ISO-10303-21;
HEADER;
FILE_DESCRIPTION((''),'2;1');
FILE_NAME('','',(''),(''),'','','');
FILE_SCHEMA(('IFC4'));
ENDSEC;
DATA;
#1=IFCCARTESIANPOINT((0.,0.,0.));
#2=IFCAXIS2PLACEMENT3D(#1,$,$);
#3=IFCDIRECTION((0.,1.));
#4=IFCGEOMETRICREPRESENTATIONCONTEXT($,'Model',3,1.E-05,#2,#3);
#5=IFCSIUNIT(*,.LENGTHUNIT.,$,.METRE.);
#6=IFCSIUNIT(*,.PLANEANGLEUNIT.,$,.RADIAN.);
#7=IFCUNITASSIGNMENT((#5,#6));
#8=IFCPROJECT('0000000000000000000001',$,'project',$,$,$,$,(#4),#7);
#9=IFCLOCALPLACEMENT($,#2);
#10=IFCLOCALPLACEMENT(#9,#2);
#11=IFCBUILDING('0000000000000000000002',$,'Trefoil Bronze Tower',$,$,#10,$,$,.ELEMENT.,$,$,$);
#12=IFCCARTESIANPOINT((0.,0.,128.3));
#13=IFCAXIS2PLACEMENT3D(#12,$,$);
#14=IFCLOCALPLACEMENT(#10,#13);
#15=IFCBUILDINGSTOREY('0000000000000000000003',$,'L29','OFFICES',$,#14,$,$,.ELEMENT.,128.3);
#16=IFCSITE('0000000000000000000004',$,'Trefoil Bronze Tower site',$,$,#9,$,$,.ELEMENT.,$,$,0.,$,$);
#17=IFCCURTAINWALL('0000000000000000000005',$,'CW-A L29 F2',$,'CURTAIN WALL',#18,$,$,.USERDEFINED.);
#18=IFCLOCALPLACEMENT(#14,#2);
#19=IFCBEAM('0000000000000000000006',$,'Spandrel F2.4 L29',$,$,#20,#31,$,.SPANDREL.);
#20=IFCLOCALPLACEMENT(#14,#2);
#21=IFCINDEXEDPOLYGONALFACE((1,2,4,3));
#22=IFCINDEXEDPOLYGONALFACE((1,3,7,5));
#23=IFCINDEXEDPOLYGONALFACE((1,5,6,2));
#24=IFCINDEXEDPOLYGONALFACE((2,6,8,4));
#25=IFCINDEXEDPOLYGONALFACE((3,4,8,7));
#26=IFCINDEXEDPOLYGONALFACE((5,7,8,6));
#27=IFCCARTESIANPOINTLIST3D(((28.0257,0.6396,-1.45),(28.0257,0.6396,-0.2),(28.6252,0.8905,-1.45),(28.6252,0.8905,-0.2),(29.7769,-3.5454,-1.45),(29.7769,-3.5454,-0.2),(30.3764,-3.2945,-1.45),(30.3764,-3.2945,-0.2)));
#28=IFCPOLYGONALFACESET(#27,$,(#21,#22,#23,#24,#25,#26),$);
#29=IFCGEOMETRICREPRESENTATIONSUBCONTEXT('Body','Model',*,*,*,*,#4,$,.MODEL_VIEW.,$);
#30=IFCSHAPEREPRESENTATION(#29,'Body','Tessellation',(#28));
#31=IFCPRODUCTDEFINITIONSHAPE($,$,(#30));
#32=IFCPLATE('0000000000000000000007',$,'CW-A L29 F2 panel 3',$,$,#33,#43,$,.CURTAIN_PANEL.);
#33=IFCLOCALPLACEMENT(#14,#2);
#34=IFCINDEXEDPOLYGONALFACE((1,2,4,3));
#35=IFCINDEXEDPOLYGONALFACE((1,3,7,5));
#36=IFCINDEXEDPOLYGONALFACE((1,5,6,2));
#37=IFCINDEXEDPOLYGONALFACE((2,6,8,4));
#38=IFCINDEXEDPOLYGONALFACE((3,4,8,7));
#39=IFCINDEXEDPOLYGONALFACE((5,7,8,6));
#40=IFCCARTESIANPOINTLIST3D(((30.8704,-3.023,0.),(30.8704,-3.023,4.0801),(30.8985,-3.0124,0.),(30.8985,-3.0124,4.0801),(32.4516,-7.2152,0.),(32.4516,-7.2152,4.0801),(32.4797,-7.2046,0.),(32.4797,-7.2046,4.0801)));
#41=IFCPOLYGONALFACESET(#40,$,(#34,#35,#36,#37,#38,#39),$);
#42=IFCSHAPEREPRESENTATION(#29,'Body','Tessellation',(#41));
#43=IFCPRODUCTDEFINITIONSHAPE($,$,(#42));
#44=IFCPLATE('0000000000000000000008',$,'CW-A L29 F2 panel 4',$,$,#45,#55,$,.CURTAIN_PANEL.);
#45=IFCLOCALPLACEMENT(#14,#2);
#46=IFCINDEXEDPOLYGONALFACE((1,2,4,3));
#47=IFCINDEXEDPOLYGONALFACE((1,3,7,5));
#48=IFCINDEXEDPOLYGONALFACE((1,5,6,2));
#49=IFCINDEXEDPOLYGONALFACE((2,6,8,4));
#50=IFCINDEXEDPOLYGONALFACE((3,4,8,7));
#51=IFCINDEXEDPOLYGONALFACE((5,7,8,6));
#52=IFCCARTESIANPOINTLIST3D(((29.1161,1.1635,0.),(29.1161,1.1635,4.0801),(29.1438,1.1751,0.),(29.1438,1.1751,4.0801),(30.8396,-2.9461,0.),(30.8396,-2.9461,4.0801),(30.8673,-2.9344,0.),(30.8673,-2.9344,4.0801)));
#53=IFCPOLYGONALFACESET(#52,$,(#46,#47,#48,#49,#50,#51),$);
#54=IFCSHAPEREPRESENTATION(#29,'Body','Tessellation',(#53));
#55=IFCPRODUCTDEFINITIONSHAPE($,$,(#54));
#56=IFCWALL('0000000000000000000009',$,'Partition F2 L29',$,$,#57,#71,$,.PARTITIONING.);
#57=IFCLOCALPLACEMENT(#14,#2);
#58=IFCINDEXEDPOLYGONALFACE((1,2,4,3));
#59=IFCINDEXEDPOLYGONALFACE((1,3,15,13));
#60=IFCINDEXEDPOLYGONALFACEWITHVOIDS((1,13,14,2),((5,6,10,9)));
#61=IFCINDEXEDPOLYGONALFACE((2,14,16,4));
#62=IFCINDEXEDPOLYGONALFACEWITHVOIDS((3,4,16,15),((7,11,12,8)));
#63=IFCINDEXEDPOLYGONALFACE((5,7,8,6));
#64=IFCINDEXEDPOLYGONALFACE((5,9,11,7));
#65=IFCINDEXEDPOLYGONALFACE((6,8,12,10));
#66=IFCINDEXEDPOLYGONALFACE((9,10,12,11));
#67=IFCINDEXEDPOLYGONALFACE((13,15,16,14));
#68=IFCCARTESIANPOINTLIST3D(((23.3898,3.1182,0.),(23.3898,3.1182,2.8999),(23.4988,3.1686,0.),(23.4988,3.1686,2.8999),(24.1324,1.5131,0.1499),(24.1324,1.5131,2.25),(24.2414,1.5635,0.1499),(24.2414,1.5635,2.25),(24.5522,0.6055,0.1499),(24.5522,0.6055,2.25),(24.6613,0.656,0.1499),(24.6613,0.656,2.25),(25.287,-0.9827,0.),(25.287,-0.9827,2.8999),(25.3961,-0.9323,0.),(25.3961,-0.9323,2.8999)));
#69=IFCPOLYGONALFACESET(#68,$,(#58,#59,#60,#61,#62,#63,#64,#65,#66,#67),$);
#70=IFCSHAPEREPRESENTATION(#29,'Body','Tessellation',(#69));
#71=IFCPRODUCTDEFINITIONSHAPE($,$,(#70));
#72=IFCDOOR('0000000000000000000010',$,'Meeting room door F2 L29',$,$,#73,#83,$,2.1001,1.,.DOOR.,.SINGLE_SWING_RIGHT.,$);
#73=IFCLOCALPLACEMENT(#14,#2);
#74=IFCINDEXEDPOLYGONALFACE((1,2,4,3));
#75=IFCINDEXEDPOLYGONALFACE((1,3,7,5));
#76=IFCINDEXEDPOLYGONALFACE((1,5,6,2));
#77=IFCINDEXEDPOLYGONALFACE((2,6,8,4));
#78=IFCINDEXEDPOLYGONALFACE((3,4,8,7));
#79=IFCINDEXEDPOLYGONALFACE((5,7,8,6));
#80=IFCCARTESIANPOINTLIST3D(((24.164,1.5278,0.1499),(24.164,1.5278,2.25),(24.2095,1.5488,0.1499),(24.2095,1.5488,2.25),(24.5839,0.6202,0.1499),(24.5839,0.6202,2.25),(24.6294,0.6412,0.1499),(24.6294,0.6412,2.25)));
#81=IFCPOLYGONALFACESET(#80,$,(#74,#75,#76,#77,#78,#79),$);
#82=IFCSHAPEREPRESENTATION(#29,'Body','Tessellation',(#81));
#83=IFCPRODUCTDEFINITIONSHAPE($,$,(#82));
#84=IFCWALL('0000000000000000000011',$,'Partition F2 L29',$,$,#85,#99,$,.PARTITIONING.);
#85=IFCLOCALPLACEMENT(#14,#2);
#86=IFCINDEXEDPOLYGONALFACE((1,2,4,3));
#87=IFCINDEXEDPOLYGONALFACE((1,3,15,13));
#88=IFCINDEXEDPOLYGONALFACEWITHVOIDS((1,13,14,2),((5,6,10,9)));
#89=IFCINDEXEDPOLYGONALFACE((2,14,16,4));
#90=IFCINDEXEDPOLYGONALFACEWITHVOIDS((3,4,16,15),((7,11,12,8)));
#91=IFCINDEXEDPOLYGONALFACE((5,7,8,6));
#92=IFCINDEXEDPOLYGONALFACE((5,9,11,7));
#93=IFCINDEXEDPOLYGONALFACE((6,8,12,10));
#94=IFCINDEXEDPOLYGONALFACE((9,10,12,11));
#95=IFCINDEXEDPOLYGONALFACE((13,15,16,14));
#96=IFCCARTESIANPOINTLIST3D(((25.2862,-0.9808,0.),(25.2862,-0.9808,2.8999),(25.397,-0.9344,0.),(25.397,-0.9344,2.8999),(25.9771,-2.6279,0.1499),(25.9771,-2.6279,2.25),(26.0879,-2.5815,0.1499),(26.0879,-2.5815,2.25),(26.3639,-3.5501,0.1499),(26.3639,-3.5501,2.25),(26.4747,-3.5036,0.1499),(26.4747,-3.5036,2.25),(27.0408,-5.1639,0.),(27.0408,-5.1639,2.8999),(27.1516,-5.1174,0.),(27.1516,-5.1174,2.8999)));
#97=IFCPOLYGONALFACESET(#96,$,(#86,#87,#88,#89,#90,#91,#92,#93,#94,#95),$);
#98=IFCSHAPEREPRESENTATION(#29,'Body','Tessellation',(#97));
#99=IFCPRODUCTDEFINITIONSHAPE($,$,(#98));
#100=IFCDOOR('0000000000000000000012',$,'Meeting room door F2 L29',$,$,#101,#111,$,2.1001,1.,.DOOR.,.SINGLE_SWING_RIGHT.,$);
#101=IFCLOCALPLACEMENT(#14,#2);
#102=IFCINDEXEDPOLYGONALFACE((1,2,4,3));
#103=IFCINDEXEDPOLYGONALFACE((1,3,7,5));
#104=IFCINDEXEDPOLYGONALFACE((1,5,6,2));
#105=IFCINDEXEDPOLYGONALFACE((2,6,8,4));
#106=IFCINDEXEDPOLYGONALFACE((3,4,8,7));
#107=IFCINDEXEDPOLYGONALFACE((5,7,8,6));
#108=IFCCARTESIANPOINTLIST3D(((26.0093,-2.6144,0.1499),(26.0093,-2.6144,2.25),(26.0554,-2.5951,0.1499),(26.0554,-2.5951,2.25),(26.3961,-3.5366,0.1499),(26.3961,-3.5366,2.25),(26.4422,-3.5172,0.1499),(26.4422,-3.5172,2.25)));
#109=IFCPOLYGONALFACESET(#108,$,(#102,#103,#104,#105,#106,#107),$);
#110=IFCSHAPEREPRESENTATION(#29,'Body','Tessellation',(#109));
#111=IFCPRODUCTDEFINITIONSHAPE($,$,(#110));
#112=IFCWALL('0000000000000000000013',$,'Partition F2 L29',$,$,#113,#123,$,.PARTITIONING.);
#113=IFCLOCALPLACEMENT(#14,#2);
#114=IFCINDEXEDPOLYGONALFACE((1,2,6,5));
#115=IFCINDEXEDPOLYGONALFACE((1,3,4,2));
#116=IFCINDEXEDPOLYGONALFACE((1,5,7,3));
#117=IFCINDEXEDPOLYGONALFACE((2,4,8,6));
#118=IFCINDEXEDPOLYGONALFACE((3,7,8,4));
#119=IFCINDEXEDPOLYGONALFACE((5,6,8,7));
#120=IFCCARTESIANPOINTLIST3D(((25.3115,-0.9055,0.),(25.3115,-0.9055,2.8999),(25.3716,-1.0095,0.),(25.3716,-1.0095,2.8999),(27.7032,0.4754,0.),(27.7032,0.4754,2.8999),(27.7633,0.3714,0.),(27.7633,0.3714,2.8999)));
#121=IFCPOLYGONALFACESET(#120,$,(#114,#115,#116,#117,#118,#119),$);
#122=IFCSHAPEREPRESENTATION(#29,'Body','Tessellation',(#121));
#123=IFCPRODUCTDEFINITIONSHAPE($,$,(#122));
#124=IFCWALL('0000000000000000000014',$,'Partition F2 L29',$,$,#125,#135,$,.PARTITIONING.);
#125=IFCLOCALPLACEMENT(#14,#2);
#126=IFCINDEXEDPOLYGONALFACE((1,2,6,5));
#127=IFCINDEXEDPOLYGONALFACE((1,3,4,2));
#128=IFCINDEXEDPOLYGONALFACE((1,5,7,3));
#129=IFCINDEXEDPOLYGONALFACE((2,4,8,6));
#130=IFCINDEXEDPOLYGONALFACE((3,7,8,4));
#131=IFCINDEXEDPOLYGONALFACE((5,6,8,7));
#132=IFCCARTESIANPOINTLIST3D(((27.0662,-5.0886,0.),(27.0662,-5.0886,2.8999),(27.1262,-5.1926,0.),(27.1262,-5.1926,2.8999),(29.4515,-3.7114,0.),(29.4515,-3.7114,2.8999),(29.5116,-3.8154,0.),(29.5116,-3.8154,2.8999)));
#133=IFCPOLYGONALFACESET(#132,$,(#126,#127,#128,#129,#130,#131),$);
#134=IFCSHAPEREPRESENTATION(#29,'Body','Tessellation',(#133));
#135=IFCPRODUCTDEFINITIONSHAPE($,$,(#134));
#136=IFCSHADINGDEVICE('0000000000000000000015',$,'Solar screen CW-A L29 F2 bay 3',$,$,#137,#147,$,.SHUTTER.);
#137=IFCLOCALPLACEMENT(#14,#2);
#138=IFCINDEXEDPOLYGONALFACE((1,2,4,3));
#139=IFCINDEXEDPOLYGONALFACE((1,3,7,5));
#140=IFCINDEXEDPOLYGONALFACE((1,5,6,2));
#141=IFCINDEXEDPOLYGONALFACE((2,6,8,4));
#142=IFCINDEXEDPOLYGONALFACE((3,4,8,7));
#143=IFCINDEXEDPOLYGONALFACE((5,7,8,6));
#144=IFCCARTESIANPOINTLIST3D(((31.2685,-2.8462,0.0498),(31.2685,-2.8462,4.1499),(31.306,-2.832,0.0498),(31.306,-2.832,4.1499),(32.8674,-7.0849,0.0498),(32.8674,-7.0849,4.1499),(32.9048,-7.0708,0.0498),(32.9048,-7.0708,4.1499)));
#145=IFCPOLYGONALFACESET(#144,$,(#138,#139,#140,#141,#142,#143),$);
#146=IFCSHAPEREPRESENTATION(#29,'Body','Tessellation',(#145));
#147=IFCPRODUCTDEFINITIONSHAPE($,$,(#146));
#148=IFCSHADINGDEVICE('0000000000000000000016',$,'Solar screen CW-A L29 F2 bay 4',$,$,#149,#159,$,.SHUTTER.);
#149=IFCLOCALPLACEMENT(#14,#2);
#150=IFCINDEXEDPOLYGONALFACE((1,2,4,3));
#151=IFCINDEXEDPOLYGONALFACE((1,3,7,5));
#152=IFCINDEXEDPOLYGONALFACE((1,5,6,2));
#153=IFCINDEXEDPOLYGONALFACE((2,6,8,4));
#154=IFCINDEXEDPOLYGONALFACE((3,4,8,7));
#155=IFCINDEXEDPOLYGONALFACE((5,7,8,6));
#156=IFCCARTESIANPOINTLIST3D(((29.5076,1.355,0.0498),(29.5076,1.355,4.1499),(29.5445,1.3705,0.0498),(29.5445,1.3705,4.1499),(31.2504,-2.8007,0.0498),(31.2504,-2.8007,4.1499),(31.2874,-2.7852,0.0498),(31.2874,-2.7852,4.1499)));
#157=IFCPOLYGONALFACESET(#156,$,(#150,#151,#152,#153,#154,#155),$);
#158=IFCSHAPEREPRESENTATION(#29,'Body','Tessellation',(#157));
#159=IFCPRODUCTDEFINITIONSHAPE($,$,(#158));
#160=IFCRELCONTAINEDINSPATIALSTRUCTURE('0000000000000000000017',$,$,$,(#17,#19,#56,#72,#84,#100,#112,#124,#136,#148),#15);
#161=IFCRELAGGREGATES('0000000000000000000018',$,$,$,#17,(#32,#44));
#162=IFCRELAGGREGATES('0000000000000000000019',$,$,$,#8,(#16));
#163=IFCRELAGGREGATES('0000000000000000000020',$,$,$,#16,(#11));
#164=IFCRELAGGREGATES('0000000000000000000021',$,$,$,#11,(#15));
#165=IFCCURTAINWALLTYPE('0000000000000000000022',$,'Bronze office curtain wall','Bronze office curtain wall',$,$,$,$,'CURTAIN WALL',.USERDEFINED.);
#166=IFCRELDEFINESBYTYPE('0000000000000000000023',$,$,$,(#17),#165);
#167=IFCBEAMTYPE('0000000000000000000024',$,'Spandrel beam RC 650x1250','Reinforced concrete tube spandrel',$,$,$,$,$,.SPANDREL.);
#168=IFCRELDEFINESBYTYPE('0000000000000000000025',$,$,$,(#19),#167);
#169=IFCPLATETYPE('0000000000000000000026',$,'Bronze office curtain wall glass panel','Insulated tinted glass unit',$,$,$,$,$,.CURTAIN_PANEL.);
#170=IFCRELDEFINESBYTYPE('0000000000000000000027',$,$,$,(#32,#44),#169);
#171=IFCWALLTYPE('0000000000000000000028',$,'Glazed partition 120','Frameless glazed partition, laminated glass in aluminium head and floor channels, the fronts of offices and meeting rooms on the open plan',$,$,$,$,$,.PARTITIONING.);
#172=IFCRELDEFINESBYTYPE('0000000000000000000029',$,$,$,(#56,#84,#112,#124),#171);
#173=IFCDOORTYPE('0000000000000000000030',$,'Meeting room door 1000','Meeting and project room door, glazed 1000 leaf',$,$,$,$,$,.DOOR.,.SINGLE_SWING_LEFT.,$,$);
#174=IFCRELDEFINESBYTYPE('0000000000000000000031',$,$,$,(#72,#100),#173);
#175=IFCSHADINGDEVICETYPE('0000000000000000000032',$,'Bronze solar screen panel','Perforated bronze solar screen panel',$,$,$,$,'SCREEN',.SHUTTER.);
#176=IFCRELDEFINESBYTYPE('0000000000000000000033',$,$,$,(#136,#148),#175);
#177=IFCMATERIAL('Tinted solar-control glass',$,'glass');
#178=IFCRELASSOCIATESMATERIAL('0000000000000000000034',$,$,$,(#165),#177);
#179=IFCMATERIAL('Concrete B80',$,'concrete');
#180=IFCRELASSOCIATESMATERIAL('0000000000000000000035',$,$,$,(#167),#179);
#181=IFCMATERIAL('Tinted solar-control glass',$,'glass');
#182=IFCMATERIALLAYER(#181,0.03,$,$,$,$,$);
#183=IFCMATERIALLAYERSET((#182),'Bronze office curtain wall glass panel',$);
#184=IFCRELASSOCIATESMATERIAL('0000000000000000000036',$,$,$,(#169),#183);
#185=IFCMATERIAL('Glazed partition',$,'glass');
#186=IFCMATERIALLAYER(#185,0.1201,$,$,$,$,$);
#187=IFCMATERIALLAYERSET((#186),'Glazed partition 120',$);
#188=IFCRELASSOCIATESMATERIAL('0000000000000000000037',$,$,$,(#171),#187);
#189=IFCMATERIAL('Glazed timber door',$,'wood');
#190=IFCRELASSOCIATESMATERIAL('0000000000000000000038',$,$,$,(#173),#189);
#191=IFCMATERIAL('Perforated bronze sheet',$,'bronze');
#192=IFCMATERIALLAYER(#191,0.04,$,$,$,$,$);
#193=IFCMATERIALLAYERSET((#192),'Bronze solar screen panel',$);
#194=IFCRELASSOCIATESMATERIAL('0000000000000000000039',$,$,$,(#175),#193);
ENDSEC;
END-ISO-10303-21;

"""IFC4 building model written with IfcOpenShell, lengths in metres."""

from ifc_helpers import new_model, si_unit, direction, frame, frame_2d, origin, origin_2d, place, context, subcontext, project, spatial, rectangle, extrude, material, layer, layer_set, material_profile, profile_set, type_object, element, fill, aggregate, save


model = new_model("IFC4")

# Units and contexts
model_context = context("Model", 3, precision=1e-05, world=origin(), true_north=direction((0.0, 1.0)))
body_context = subcontext(model_context, "Body", "Model", "MODEL_VIEW")
ifc_project = project(units=[si_unit("LENGTHUNIT", "METRE"), si_unit("PLANEANGLEUNIT", "RADIAN")], contexts=[model_context])

# Site, building, storey
site_placement = place(None, origin())
site = spatial("IfcSite", under=ifc_project, at=site_placement, Name="Trefoil Bronze Tower site", CompositionType="ELEMENT", RefElevation=0.0)
building_placement = place(site_placement, origin())
building = spatial("IfcBuilding", under=site, at=building_placement, Name="Trefoil Bronze Tower", CompositionType="ELEMENT")
storey_placement = place(building_placement, frame((0.0, 0.0, 128.3)))
storey = spatial("IfcBuildingStorey", under=building, at=storey_placement, Name="L29", Description="OFFICES", CompositionType="ELEMENT", Elevation=128.3)

# Curtain wall
ifc_material_1 = material(Name="Tinted solar-control glass", Category="glass")
curtain_wall_type = type_object("IfcCurtainWallType", Name="Bronze office curtain wall", Description="Bronze office curtain wall", ElementType="CURTAIN WALL", PredefinedType="USERDEFINED", material=ifc_material_1)
curtain_wall_placement = place(storey_placement, origin())
curtain_wall = element("IfcCurtainWall", 1, at=curtain_wall_placement, inside=storey, type_object=curtain_wall_type, Name="CW-A L29 F2", ObjectType="CURTAIN WALL", PredefinedType="USERDEFINED")

# Beam
ifc_material_2 = material(Name="Concrete B80", Category="concrete")
ifc_material_profile_1 = material_profile(ifc_material_2, rectangle(XDim=0.6499, YDim=1.25, at=origin_2d()), Name="RC 650x1250")
ifc_profile_set_1 = profile_set([ifc_material_profile_1], Name="Concrete B80")
beam_type_1 = type_object("IfcBeamType", Name="Spandrel beam RC 650x1250", Description="Reinforced concrete tube spandrel", PredefinedType="SPANDREL", material=ifc_profile_set_1)
beam_1_placement = place(storey_placement, frame((30.0767, -3.4199, -0.825), z_axis=(-0.386013, 0.922493, 0.0), x_axis=(-0.922493, -0.386013, 0.0)))
element("IfcBeam", 2, at=beam_1_placement, inside=storey, type_object=beam_type_1, Name="Spandrel F2.4 L29", PredefinedType="SPANDREL", context=body_context, shape_type="SweptSolid", body=[
    extrude(rectangle(XDim=0.6499, YDim=1.25, at=origin_2d()), origin(), (0.0, 0.0, 1.0), 4.5366),
])

# Plates
ifc_material_3 = material(Name="Tinted solar-control glass", Category="glass")
ifc_layer_1 = layer(ifc_material_3, 0.03)
ifc_layer_set_1 = layer_set([ifc_layer_1], Name="Bronze office curtain wall glass panel")
plate_type = type_object("IfcPlateType", Name="Bronze office curtain wall glass panel", Description="Insulated tinted glass unit", PredefinedType="CURTAIN_PANEL", material=ifc_layer_set_1)
plate_1_placement = place(storey_placement, frame((31.675, -5.1138, 0.0), z_axis=(0.0, 0.0, 1.0), x_axis=(-0.35292, 0.935654, 0.0)))
plate_1 = element("IfcPlate", 3, at=plate_1_placement, type_object=plate_type, Name="CW-A L29 F2 panel 3", PredefinedType="CURTAIN_PANEL", context=body_context, shape_type="SweptSolid", body=[
    extrude(rectangle(XDim=4.4805, YDim=0.03, at=origin_2d()), origin(), (0.0, 0.0, 1.0), 4.0801),
])
plate_2_placement = place(storey_placement, frame((29.9917, -0.8855, 0.0), z_axis=(0.0, 0.0, 1.0), x_axis=(-0.386759, 0.922181, 0.0)))
plate_2 = element("IfcPlate", 4, at=plate_2_placement, type_object=plate_type, Name="CW-A L29 F2 panel 4", PredefinedType="CURTAIN_PANEL", context=body_context, shape_type="SweptSolid", body=[
    extrude(rectangle(XDim=4.4563, YDim=0.03, at=origin_2d()), origin(), (0.0, 0.0, 1.0), 4.0801),
])
aggregate(curtain_wall, [plate_1, plate_2])

# Walls, openings, doors
ifc_material_4 = material(Name="Glazed partition", Category="glass")
ifc_layer_2 = layer(ifc_material_4, 0.1201)
ifc_layer_set_2 = layer_set([ifc_layer_2], Name="Glazed partition 120")
wall_type = type_object("IfcWallType", Name="Glazed partition 120", Description="Frameless glazed partition, laminated glass in aluminium head and floor channels, the fronts of offices and meeting rooms on the open plan", PredefinedType="PARTITIONING", material=ifc_layer_set_2)
wall_1_placement = place(storey_placement, frame((25.3416, -0.9575, 0.0), z_axis=(0.0, 0.0, 1.0), x_axis=(-0.419884, 0.907578, 0.0)))
wall_1 = element("IfcWall", 5, at=wall_1_placement, inside=storey, type_object=wall_type, Name="Partition F2 L29", PredefinedType="PARTITIONING", context=body_context, shape_type="SweptSolid", body=[
    extrude(rectangle(XDim=4.5186, YDim=0.1201, at=frame_2d((2.2593, 0.0))), origin(), (0.0, 0.0, 1.0), 2.8999),
])
opening_1_placement = place(wall_1_placement, frame((1.75, 0.0, 0.1499)))
opening_1 = element("IfcOpeningElement", 6, at=opening_1_placement, cuts=wall_1, PredefinedType="OPENING", context=body_context, shape_type="SweptSolid", body=[
    extrude(rectangle(XDim=1.0, YDim=2.1001, at=frame_2d((0.5, 1.05))), frame((0.0, 0.0701, 0.0), z_axis=(0.0, -1.0, 0.0), x_axis=(1.0, 0.0, 0.0)), (0.0, 0.0, 1.0), 0.1401),
])
ifc_material_5 = material(Name="Glazed timber door", Category="wood")
door_type = type_object("IfcDoorType", Name="Meeting room door 1000", Description="Meeting and project room door, glazed 1000 leaf", OperationType="SINGLE_SWING_LEFT", PredefinedType="DOOR", material=ifc_material_5)
door_1_placement = place(opening_1_placement, frame((1.0, 0.0, 0.0), z_axis=(0.0, 0.0, 1.0), x_axis=(-1.0, 0.0, 0.0)))
door_1 = element("IfcDoor", 7, at=door_1_placement, inside=storey, type_object=door_type, Name="Meeting room door F2 L29", OperationType="SINGLE_SWING_RIGHT", OverallHeight=2.1001, OverallWidth=1.0, PredefinedType="DOOR", context=body_context, shape_type="SweptSolid", body=[
    extrude(rectangle(XDim=1.0, YDim=2.1001, at=frame_2d((0.5, 1.05))), frame((0.0, 0.0249, 0.0), z_axis=(0.0, -1.0, 0.0), x_axis=(1.0, 0.0, 0.0)), (0.0, 0.0, 1.0), 0.05),
])
fill(opening_1, door_1)
wall_2_placement = place(storey_placement, frame((27.0962, -5.1406, 0.0), z_axis=(0.0, 0.0, 1.0), x_axis=(-0.386808, 0.92216, 0.0)))
wall_2 = element("IfcWall", 8, at=wall_2_placement, inside=storey, type_object=wall_type, Name="Partition F2 L29", PredefinedType="PARTITIONING", context=body_context, shape_type="SweptSolid", body=[
    extrude(rectangle(XDim=4.5361, YDim=0.1201, at=frame_2d((2.2681, 0.0))), origin(), (0.0, 0.0, 1.0), 2.8999),
])
opening_2_placement = place(wall_2_placement, frame((1.75, 0.0, 0.1499)))
opening_2 = element("IfcOpeningElement", 9, at=opening_2_placement, cuts=wall_2, PredefinedType="OPENING", context=body_context, shape_type="SweptSolid", body=[
    extrude(rectangle(XDim=1.0, YDim=2.1001, at=frame_2d((0.5, 1.05))), frame((0.0, 0.0701, 0.0), z_axis=(0.0, -1.0, 0.0), x_axis=(1.0, 0.0, 0.0)), (0.0, 0.0, 1.0), 0.1401),
])
door_2_placement = place(opening_2_placement, frame((1.0, 0.0, 0.0), z_axis=(0.0, 0.0, 1.0), x_axis=(-1.0, 0.0, 0.0)))
door_2 = element("IfcDoor", 10, at=door_2_placement, inside=storey, type_object=door_type, Name="Meeting room door F2 L29", OperationType="SINGLE_SWING_RIGHT", OverallHeight=2.1001, OverallWidth=1.0, PredefinedType="DOOR", context=body_context, shape_type="SweptSolid", body=[
    extrude(rectangle(XDim=1.0, YDim=2.1001, at=frame_2d((0.5, 1.05))), frame((0.0, 0.0249, 0.0), z_axis=(0.0, -1.0, 0.0), x_axis=(1.0, 0.0, 0.0)), (0.0, 0.0, 1.0), 0.05),
])
fill(opening_2, door_2)

# Walls
wall_3_placement = place(storey_placement, frame((25.3416, -0.9575, 0.0), z_axis=(0.0, 0.0, 1.0), x_axis=(0.866015, 0.500018, 0.0)))
element("IfcWall", 11, at=wall_3_placement, inside=storey, type_object=wall_type, Name="Partition F2 L29", PredefinedType="PARTITIONING", context=body_context, shape_type="SweptSolid", body=[
    extrude(rectangle(XDim=2.7617, YDim=0.1201, at=frame_2d((1.3809, 0.0))), origin(), (0.0, 0.0, 1.0), 2.8999),
])
wall_4_placement = place(storey_placement, frame((27.0962, -5.1406, 0.0), z_axis=(0.0, 0.0, 1.0), x_axis=(0.866014, 0.500019, 0.0)))
element("IfcWall", 12, at=wall_4_placement, inside=storey, type_object=wall_type, Name="Partition F2 L29", PredefinedType="PARTITIONING", context=body_context, shape_type="SweptSolid", body=[
    extrude(rectangle(XDim=2.7544, YDim=0.1201, at=frame_2d((1.3772, 0.0))), origin(), (0.0, 0.0, 1.0), 2.8999),
])

# Shading devices
ifc_material_6 = material(Name="Perforated bronze sheet", Category="bronze")
ifc_layer_3 = layer(ifc_material_6, 0.04)
ifc_layer_set_3 = layer_set([ifc_layer_3], Name="Bronze solar screen panel")
shading_device_type = type_object("IfcShadingDeviceType", Name="Bronze solar screen panel", Description="Perforated bronze solar screen panel", ElementType="SCREEN", PredefinedType="SHUTTER", material=ifc_layer_set_3)
shading_device_1_placement = place(storey_placement, frame((32.0867, -4.9585, 0.0498), z_axis=(0.0, 0.0, 1.0), x_axis=(-0.35292, 0.935654, 0.0)))
element("IfcShadingDevice", 13, at=shading_device_1_placement, inside=storey, type_object=shading_device_type, Name="Solar screen CW-A L29 F2 bay 3", PredefinedType="SHUTTER", context=body_context, shape_type="SweptSolid", body=[
    extrude(rectangle(XDim=4.5303, YDim=0.04, at=origin_2d()), origin(), (0.0, 0.0, 1.0), 4.1001),
])
shading_device_2_placement = place(storey_placement, frame((30.3975, -0.7151, 0.0498), z_axis=(0.0, 0.0, 1.0), x_axis=(-0.386759, 0.922181, 0.0)))
element("IfcShadingDevice", 14, at=shading_device_2_placement, inside=storey, type_object=shading_device_type, Name="Solar screen CW-A L29 F2 bay 4", PredefinedType="SHUTTER", context=body_context, shape_type="SweptSolid", body=[
    extrude(rectangle(XDim=4.5063, YDim=0.04, at=origin_2d()), origin(), (0.0, 0.0, 1.0), 4.1001),
])

save(model, "model.ifc")
